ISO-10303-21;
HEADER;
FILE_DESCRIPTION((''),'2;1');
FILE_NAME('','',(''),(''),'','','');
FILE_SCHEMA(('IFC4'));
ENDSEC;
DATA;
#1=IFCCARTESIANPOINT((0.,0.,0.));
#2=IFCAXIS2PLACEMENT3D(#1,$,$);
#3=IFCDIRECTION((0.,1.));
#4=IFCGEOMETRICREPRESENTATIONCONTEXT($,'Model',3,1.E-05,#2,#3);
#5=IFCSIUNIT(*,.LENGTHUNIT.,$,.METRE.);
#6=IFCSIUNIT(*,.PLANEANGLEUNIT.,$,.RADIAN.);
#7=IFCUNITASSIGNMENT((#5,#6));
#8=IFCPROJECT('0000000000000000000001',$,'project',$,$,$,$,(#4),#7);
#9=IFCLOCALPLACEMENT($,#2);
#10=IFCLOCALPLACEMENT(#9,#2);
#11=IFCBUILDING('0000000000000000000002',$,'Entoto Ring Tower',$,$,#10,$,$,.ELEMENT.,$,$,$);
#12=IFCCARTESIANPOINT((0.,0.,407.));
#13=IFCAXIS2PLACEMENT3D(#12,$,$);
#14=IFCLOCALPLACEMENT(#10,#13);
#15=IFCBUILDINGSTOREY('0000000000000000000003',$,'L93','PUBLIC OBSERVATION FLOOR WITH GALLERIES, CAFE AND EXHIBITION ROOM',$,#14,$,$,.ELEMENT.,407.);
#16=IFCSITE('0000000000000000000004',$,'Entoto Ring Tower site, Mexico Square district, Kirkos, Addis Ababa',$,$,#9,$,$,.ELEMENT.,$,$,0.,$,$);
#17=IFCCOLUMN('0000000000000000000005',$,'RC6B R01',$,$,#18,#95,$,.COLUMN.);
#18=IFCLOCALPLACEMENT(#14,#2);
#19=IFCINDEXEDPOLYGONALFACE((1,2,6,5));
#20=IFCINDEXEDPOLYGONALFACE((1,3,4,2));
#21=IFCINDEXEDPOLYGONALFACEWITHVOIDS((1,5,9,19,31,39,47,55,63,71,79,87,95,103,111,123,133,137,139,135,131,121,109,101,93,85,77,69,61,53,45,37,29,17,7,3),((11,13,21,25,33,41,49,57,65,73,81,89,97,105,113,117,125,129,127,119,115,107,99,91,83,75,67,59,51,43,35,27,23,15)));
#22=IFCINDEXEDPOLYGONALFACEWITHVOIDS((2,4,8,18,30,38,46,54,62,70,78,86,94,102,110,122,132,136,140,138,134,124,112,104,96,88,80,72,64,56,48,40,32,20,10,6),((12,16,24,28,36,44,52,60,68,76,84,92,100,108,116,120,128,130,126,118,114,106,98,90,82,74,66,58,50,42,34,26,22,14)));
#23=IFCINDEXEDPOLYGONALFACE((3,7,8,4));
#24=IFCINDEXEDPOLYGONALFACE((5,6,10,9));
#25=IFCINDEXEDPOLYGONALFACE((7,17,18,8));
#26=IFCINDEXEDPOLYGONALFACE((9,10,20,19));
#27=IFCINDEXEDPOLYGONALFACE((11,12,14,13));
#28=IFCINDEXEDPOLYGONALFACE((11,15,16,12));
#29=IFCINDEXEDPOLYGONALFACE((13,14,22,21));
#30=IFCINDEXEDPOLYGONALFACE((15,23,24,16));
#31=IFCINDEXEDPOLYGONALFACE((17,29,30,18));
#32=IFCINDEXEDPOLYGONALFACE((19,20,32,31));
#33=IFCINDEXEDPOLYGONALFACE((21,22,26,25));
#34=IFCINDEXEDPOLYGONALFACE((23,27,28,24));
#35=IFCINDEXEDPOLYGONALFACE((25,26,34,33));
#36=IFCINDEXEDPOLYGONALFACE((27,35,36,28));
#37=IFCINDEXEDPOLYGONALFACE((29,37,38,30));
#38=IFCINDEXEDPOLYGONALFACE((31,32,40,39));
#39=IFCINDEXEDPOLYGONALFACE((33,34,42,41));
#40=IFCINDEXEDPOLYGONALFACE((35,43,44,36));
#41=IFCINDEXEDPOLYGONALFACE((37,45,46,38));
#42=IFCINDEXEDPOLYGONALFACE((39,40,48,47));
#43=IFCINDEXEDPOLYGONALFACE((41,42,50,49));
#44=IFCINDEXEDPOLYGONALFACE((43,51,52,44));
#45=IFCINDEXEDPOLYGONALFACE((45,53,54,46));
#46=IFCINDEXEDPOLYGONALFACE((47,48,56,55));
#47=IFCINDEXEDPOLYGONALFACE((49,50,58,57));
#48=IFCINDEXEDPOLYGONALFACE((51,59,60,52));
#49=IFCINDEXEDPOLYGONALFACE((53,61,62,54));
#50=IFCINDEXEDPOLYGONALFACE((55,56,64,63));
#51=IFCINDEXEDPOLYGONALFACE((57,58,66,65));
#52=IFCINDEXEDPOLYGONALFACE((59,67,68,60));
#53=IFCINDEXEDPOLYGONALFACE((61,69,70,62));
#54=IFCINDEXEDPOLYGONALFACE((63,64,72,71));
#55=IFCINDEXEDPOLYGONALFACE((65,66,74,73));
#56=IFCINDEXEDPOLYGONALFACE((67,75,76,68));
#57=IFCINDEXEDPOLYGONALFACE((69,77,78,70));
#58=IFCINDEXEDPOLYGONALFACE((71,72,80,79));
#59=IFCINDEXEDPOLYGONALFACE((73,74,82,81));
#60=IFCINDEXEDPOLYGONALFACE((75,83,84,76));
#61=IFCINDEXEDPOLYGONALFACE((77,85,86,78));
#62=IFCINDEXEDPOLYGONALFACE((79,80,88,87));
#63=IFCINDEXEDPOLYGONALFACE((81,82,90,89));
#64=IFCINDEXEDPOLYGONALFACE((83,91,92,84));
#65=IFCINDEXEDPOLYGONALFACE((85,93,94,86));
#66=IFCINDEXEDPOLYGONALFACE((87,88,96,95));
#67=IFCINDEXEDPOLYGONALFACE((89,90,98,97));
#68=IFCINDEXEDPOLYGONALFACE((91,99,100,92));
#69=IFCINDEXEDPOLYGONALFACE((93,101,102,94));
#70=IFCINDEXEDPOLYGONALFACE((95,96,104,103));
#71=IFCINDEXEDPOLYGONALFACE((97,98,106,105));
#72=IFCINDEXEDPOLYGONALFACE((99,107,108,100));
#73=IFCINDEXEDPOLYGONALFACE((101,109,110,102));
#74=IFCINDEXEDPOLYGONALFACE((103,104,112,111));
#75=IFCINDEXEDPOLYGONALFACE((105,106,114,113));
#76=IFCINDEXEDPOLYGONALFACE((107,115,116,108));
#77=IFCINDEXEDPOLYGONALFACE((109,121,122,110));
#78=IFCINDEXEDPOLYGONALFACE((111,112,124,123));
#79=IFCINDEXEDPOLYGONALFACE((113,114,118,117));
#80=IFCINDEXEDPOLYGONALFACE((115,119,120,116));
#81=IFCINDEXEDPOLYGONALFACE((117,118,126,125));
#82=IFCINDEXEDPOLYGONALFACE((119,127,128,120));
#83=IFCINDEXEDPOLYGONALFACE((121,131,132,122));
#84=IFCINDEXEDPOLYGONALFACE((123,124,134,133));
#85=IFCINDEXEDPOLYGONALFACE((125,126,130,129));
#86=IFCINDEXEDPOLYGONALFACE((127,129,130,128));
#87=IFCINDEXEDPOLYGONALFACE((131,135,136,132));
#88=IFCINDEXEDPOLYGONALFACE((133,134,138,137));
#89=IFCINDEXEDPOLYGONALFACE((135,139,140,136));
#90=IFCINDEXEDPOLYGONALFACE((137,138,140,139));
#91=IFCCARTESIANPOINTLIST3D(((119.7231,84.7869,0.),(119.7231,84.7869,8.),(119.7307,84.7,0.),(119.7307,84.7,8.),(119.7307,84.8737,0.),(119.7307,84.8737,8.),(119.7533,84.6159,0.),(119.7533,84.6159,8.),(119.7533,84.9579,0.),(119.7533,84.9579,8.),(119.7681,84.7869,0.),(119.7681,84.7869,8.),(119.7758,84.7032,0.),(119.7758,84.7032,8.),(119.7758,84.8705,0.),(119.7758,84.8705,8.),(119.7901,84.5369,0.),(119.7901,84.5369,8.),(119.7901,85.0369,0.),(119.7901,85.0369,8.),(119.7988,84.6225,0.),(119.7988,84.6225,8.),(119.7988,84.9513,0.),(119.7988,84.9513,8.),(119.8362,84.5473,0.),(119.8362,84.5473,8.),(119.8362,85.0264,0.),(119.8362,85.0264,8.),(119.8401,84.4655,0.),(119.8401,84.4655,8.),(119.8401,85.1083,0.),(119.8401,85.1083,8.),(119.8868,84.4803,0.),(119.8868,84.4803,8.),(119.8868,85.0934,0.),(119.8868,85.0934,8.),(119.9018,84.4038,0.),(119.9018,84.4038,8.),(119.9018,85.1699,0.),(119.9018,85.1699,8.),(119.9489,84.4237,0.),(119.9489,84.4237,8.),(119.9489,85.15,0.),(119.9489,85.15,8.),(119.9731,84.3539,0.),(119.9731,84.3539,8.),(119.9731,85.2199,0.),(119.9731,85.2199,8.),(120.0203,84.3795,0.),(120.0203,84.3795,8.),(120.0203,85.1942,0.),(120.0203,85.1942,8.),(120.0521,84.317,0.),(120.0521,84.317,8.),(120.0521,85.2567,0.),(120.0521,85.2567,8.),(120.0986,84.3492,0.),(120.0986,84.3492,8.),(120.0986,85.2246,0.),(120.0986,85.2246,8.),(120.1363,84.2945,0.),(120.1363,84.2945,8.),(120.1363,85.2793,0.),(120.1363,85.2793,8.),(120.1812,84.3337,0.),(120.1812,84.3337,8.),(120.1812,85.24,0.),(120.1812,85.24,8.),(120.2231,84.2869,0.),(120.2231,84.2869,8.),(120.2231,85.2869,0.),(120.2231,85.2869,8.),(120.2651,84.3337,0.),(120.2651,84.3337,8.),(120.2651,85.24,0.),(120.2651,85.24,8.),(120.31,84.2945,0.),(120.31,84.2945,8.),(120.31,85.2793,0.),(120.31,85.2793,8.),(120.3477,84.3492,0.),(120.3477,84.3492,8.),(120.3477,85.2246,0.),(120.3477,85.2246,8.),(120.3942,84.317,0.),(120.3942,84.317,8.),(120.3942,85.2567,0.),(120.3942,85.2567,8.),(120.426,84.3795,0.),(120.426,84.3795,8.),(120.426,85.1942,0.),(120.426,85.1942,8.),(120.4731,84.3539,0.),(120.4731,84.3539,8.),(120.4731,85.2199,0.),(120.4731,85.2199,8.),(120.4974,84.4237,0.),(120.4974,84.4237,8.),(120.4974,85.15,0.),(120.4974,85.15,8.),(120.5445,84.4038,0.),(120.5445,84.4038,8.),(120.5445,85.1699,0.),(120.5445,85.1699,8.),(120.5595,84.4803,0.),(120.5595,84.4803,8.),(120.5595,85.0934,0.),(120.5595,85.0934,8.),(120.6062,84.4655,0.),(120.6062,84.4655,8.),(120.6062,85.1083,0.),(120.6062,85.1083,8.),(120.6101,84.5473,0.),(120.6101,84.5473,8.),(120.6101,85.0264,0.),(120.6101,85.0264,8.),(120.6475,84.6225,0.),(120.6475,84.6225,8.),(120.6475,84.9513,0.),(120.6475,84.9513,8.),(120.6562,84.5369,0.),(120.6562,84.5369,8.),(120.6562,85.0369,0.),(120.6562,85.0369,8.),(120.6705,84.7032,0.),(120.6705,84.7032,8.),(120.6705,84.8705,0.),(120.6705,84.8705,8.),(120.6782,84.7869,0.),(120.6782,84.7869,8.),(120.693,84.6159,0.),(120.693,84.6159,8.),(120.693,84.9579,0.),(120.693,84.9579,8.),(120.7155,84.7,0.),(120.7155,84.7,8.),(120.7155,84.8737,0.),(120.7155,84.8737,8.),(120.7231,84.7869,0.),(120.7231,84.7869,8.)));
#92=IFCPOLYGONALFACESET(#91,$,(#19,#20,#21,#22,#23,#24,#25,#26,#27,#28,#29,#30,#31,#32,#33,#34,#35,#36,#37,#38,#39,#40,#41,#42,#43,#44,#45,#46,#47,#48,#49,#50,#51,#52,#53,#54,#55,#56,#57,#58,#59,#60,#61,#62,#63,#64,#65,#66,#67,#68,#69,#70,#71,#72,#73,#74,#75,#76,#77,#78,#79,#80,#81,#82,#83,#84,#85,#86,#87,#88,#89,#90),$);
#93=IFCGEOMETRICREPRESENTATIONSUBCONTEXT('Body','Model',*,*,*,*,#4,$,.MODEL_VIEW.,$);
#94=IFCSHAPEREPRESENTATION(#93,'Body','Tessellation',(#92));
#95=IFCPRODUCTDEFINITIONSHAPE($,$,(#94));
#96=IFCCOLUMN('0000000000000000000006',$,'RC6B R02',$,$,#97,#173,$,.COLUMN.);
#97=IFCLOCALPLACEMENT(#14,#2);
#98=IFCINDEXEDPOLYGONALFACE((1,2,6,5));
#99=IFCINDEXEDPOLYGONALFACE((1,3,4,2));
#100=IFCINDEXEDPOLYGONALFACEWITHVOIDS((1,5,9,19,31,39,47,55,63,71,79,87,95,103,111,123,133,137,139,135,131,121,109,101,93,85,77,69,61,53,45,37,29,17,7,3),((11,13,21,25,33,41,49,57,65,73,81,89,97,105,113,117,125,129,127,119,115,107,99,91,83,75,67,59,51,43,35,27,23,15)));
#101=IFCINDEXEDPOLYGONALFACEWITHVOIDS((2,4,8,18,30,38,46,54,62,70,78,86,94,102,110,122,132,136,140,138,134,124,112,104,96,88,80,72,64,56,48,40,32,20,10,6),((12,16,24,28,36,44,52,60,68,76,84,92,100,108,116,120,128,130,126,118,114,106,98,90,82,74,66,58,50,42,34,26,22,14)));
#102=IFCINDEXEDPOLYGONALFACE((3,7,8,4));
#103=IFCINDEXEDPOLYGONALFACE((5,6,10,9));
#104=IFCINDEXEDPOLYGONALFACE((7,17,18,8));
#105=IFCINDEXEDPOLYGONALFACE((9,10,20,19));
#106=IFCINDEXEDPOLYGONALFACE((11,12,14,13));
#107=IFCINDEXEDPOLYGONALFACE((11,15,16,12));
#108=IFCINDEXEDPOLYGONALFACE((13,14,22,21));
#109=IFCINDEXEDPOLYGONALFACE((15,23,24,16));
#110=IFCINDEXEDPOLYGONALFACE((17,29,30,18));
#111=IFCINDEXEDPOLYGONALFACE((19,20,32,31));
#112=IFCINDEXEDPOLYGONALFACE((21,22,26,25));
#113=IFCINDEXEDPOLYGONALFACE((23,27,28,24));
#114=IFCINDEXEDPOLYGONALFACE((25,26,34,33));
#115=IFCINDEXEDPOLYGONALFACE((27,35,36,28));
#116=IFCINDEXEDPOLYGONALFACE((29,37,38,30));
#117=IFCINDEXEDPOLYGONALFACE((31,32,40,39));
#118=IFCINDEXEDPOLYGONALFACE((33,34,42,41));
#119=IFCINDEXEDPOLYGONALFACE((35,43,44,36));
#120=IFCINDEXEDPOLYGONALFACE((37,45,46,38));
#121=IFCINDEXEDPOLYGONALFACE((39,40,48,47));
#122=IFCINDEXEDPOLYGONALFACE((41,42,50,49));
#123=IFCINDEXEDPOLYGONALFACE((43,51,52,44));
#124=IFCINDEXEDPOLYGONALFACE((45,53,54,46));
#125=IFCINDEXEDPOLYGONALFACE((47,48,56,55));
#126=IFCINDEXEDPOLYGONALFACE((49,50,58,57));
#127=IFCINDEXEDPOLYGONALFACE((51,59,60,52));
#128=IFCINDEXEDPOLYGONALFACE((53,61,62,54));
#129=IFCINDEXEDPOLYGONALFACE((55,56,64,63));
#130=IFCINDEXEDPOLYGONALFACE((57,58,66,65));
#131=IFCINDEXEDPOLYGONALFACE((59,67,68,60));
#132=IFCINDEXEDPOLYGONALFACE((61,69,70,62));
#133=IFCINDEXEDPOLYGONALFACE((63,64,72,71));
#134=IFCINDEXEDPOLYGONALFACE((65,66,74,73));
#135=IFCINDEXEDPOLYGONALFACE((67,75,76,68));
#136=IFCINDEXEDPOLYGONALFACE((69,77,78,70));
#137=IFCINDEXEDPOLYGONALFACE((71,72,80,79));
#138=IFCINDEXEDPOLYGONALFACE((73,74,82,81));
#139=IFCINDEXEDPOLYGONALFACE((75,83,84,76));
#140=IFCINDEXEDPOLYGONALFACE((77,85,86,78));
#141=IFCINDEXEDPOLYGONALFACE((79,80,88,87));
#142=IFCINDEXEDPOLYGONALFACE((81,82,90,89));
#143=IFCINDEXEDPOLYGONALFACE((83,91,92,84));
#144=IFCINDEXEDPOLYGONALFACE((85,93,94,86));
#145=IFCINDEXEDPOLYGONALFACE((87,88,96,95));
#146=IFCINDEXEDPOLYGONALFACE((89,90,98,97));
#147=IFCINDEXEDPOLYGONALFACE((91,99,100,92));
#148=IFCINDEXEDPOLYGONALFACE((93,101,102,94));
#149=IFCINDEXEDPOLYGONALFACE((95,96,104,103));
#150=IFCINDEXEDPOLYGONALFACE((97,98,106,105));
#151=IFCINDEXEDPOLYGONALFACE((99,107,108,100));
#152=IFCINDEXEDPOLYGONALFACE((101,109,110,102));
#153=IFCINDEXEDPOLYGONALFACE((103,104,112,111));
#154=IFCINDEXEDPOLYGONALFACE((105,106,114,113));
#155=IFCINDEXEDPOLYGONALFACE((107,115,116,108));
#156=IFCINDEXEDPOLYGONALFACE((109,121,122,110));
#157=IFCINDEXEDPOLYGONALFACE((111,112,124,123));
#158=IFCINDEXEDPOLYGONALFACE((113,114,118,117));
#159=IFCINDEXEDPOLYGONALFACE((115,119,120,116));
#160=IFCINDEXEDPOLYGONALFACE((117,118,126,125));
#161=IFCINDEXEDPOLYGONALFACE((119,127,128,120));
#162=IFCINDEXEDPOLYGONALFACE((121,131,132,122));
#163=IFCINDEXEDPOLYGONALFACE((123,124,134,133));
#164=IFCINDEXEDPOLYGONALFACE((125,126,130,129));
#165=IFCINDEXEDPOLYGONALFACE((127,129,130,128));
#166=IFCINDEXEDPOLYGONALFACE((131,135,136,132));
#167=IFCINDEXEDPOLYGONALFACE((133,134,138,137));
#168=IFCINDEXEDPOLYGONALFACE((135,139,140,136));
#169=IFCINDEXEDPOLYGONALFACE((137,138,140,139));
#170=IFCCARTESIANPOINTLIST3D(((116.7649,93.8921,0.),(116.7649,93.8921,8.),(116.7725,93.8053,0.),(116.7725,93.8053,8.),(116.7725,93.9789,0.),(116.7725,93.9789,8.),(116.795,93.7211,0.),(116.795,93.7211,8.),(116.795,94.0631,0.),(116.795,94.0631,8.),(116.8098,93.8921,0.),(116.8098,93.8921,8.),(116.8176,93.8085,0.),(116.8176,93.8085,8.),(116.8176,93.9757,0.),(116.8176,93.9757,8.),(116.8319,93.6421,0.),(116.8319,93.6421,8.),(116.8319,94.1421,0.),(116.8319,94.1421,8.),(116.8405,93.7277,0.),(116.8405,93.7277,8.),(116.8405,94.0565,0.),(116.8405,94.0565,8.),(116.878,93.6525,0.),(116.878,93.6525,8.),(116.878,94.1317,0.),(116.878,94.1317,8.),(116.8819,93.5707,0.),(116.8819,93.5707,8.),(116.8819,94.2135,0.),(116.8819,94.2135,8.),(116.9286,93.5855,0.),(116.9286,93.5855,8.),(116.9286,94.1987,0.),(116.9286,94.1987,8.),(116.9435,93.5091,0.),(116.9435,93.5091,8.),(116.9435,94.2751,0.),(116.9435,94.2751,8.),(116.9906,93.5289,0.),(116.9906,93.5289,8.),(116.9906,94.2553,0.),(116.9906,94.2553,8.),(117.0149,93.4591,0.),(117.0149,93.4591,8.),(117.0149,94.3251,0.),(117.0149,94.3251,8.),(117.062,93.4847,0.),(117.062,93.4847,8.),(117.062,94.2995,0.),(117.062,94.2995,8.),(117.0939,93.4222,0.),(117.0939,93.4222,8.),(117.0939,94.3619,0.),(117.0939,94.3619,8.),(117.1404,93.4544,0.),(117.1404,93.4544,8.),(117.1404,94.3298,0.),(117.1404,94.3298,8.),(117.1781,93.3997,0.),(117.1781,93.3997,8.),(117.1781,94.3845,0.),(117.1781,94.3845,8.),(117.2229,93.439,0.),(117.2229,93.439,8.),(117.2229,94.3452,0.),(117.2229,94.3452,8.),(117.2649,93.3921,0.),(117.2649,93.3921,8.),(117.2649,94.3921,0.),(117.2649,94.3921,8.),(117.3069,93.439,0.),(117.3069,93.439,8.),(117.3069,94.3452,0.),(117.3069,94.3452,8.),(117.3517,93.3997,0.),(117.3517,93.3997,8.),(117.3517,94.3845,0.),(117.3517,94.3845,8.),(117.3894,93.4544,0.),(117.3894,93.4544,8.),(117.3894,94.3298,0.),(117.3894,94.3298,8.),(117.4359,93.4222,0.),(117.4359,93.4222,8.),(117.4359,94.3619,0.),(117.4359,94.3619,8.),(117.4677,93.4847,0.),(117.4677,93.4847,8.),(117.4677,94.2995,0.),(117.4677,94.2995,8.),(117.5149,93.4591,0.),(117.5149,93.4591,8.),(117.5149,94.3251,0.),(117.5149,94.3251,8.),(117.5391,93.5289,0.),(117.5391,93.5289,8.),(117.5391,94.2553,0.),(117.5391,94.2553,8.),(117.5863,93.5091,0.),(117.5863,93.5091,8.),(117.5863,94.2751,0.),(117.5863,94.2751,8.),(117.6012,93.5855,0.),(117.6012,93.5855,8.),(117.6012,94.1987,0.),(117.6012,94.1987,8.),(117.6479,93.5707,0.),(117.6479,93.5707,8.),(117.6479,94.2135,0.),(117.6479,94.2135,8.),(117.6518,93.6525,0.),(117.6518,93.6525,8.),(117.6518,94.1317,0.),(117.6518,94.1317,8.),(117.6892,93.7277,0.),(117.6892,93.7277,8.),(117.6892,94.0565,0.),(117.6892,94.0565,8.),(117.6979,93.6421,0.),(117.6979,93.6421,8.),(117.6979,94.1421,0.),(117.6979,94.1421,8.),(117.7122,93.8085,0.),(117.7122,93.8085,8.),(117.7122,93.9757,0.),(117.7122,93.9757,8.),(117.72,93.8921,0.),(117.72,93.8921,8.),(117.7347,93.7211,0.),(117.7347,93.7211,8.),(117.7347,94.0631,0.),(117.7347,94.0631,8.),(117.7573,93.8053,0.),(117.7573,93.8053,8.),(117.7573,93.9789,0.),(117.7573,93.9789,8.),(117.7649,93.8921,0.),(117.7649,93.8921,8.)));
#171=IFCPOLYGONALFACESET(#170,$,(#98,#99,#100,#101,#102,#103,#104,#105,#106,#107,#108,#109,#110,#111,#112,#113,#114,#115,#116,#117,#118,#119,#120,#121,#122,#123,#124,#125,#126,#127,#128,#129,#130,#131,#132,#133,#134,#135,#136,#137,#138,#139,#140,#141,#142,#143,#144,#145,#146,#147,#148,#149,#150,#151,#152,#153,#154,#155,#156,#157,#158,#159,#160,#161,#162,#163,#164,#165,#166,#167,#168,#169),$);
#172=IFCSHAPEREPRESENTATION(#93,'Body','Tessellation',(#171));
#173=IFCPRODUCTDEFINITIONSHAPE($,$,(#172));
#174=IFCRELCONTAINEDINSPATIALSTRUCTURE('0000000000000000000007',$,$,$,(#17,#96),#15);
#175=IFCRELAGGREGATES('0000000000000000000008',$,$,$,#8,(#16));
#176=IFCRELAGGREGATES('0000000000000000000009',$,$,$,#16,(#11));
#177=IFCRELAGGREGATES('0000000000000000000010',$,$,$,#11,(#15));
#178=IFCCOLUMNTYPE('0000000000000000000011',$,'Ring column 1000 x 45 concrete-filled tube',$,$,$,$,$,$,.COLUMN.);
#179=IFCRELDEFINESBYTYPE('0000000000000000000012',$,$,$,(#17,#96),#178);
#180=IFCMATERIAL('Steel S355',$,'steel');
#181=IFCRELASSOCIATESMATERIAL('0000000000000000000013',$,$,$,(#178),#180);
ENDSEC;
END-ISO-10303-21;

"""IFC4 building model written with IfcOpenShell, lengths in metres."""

from ifc_helpers import new_model, si_unit, direction, frame, origin, origin_2d, place, context, subcontext, project, spatial, circle, hollow_circle, extrude, material, material_profile, profile_set, type_object, element, save


model = new_model("IFC4")

# Units and contexts
model_context = context("Model", 3, precision=1e-05, world=origin(), true_north=direction((0.0, 1.0)))
body_context = subcontext(model_context, "Body", "Model", "MODEL_VIEW")
ifc_project = project(units=[si_unit("LENGTHUNIT", "METRE"), si_unit("PLANEANGLEUNIT", "RADIAN")], contexts=[model_context])

# Site, building, storey
site_placement = place(None, origin())
site = spatial("IfcSite", under=ifc_project, at=site_placement, Name="Entoto Ring Tower site, Mexico Square district, Kirkos, Addis Ababa", CompositionType="ELEMENT", RefElevation=0.0)
building_placement = place(site_placement, origin())
building = spatial("IfcBuilding", under=site, at=building_placement, Name="Entoto Ring Tower", CompositionType="ELEMENT")
storey_placement = place(building_placement, frame((0.0, 0.0, 407.0)))
storey = spatial("IfcBuildingStorey", under=building, at=storey_placement, Name="L93", Description="PUBLIC OBSERVATION FLOOR WITH GALLERIES, CAFE AND EXHIBITION ROOM", CompositionType="ELEMENT", Elevation=407.0)

# Columns
ifc_material_1 = material(Name="Steel S355", Category="steel")
ifc_material_profile_1 = material_profile(ifc_material_1, hollow_circle(Radius=0.5, WallThickness=0.0449, at=origin_2d()), Name="CHS 1000 x 45")
ifc_material_2 = material(Name="Concrete C60/75", Category="concrete")
ifc_material_profile_2 = material_profile(ifc_material_2, circle(Radius=0.4551, at=origin_2d()), Name="Concrete C60/75 infill")
ifc_profile_set_1 = profile_set([ifc_material_profile_1, ifc_material_profile_2], Name="Steel S355")
column_type = type_object("IfcColumnType", Name="Ring column 1000 x 45 concrete-filled tube", PredefinedType="COLUMN", material=ifc_profile_set_1)
for number, where, z_axis, x_axis, name in (
    (1, (120.2231, 84.7869, 0.0), (0.0, 0.0, 1.0), (1.0, 0.0, 0.0), "RC6B R01"),
    (2, (117.2649, 93.8921, 0.0), (0.0, 0.0, 1.0), (1.0, 0.0, 0.0), "RC6B R02"),
):
    element("IfcColumn", number, at=place(storey_placement, frame(where, z_axis=z_axis, x_axis=x_axis)), inside=storey, type_object=column_type, Name=name, PredefinedType="COLUMN", context=body_context, shape_type="SweptSolid", body=[
        extrude(hollow_circle(Radius=0.5, WallThickness=0.0449, at=origin_2d()), origin(), (0.0, 0.0, 1.0), 8.0),
    ])

save(model, "model.ifc")
